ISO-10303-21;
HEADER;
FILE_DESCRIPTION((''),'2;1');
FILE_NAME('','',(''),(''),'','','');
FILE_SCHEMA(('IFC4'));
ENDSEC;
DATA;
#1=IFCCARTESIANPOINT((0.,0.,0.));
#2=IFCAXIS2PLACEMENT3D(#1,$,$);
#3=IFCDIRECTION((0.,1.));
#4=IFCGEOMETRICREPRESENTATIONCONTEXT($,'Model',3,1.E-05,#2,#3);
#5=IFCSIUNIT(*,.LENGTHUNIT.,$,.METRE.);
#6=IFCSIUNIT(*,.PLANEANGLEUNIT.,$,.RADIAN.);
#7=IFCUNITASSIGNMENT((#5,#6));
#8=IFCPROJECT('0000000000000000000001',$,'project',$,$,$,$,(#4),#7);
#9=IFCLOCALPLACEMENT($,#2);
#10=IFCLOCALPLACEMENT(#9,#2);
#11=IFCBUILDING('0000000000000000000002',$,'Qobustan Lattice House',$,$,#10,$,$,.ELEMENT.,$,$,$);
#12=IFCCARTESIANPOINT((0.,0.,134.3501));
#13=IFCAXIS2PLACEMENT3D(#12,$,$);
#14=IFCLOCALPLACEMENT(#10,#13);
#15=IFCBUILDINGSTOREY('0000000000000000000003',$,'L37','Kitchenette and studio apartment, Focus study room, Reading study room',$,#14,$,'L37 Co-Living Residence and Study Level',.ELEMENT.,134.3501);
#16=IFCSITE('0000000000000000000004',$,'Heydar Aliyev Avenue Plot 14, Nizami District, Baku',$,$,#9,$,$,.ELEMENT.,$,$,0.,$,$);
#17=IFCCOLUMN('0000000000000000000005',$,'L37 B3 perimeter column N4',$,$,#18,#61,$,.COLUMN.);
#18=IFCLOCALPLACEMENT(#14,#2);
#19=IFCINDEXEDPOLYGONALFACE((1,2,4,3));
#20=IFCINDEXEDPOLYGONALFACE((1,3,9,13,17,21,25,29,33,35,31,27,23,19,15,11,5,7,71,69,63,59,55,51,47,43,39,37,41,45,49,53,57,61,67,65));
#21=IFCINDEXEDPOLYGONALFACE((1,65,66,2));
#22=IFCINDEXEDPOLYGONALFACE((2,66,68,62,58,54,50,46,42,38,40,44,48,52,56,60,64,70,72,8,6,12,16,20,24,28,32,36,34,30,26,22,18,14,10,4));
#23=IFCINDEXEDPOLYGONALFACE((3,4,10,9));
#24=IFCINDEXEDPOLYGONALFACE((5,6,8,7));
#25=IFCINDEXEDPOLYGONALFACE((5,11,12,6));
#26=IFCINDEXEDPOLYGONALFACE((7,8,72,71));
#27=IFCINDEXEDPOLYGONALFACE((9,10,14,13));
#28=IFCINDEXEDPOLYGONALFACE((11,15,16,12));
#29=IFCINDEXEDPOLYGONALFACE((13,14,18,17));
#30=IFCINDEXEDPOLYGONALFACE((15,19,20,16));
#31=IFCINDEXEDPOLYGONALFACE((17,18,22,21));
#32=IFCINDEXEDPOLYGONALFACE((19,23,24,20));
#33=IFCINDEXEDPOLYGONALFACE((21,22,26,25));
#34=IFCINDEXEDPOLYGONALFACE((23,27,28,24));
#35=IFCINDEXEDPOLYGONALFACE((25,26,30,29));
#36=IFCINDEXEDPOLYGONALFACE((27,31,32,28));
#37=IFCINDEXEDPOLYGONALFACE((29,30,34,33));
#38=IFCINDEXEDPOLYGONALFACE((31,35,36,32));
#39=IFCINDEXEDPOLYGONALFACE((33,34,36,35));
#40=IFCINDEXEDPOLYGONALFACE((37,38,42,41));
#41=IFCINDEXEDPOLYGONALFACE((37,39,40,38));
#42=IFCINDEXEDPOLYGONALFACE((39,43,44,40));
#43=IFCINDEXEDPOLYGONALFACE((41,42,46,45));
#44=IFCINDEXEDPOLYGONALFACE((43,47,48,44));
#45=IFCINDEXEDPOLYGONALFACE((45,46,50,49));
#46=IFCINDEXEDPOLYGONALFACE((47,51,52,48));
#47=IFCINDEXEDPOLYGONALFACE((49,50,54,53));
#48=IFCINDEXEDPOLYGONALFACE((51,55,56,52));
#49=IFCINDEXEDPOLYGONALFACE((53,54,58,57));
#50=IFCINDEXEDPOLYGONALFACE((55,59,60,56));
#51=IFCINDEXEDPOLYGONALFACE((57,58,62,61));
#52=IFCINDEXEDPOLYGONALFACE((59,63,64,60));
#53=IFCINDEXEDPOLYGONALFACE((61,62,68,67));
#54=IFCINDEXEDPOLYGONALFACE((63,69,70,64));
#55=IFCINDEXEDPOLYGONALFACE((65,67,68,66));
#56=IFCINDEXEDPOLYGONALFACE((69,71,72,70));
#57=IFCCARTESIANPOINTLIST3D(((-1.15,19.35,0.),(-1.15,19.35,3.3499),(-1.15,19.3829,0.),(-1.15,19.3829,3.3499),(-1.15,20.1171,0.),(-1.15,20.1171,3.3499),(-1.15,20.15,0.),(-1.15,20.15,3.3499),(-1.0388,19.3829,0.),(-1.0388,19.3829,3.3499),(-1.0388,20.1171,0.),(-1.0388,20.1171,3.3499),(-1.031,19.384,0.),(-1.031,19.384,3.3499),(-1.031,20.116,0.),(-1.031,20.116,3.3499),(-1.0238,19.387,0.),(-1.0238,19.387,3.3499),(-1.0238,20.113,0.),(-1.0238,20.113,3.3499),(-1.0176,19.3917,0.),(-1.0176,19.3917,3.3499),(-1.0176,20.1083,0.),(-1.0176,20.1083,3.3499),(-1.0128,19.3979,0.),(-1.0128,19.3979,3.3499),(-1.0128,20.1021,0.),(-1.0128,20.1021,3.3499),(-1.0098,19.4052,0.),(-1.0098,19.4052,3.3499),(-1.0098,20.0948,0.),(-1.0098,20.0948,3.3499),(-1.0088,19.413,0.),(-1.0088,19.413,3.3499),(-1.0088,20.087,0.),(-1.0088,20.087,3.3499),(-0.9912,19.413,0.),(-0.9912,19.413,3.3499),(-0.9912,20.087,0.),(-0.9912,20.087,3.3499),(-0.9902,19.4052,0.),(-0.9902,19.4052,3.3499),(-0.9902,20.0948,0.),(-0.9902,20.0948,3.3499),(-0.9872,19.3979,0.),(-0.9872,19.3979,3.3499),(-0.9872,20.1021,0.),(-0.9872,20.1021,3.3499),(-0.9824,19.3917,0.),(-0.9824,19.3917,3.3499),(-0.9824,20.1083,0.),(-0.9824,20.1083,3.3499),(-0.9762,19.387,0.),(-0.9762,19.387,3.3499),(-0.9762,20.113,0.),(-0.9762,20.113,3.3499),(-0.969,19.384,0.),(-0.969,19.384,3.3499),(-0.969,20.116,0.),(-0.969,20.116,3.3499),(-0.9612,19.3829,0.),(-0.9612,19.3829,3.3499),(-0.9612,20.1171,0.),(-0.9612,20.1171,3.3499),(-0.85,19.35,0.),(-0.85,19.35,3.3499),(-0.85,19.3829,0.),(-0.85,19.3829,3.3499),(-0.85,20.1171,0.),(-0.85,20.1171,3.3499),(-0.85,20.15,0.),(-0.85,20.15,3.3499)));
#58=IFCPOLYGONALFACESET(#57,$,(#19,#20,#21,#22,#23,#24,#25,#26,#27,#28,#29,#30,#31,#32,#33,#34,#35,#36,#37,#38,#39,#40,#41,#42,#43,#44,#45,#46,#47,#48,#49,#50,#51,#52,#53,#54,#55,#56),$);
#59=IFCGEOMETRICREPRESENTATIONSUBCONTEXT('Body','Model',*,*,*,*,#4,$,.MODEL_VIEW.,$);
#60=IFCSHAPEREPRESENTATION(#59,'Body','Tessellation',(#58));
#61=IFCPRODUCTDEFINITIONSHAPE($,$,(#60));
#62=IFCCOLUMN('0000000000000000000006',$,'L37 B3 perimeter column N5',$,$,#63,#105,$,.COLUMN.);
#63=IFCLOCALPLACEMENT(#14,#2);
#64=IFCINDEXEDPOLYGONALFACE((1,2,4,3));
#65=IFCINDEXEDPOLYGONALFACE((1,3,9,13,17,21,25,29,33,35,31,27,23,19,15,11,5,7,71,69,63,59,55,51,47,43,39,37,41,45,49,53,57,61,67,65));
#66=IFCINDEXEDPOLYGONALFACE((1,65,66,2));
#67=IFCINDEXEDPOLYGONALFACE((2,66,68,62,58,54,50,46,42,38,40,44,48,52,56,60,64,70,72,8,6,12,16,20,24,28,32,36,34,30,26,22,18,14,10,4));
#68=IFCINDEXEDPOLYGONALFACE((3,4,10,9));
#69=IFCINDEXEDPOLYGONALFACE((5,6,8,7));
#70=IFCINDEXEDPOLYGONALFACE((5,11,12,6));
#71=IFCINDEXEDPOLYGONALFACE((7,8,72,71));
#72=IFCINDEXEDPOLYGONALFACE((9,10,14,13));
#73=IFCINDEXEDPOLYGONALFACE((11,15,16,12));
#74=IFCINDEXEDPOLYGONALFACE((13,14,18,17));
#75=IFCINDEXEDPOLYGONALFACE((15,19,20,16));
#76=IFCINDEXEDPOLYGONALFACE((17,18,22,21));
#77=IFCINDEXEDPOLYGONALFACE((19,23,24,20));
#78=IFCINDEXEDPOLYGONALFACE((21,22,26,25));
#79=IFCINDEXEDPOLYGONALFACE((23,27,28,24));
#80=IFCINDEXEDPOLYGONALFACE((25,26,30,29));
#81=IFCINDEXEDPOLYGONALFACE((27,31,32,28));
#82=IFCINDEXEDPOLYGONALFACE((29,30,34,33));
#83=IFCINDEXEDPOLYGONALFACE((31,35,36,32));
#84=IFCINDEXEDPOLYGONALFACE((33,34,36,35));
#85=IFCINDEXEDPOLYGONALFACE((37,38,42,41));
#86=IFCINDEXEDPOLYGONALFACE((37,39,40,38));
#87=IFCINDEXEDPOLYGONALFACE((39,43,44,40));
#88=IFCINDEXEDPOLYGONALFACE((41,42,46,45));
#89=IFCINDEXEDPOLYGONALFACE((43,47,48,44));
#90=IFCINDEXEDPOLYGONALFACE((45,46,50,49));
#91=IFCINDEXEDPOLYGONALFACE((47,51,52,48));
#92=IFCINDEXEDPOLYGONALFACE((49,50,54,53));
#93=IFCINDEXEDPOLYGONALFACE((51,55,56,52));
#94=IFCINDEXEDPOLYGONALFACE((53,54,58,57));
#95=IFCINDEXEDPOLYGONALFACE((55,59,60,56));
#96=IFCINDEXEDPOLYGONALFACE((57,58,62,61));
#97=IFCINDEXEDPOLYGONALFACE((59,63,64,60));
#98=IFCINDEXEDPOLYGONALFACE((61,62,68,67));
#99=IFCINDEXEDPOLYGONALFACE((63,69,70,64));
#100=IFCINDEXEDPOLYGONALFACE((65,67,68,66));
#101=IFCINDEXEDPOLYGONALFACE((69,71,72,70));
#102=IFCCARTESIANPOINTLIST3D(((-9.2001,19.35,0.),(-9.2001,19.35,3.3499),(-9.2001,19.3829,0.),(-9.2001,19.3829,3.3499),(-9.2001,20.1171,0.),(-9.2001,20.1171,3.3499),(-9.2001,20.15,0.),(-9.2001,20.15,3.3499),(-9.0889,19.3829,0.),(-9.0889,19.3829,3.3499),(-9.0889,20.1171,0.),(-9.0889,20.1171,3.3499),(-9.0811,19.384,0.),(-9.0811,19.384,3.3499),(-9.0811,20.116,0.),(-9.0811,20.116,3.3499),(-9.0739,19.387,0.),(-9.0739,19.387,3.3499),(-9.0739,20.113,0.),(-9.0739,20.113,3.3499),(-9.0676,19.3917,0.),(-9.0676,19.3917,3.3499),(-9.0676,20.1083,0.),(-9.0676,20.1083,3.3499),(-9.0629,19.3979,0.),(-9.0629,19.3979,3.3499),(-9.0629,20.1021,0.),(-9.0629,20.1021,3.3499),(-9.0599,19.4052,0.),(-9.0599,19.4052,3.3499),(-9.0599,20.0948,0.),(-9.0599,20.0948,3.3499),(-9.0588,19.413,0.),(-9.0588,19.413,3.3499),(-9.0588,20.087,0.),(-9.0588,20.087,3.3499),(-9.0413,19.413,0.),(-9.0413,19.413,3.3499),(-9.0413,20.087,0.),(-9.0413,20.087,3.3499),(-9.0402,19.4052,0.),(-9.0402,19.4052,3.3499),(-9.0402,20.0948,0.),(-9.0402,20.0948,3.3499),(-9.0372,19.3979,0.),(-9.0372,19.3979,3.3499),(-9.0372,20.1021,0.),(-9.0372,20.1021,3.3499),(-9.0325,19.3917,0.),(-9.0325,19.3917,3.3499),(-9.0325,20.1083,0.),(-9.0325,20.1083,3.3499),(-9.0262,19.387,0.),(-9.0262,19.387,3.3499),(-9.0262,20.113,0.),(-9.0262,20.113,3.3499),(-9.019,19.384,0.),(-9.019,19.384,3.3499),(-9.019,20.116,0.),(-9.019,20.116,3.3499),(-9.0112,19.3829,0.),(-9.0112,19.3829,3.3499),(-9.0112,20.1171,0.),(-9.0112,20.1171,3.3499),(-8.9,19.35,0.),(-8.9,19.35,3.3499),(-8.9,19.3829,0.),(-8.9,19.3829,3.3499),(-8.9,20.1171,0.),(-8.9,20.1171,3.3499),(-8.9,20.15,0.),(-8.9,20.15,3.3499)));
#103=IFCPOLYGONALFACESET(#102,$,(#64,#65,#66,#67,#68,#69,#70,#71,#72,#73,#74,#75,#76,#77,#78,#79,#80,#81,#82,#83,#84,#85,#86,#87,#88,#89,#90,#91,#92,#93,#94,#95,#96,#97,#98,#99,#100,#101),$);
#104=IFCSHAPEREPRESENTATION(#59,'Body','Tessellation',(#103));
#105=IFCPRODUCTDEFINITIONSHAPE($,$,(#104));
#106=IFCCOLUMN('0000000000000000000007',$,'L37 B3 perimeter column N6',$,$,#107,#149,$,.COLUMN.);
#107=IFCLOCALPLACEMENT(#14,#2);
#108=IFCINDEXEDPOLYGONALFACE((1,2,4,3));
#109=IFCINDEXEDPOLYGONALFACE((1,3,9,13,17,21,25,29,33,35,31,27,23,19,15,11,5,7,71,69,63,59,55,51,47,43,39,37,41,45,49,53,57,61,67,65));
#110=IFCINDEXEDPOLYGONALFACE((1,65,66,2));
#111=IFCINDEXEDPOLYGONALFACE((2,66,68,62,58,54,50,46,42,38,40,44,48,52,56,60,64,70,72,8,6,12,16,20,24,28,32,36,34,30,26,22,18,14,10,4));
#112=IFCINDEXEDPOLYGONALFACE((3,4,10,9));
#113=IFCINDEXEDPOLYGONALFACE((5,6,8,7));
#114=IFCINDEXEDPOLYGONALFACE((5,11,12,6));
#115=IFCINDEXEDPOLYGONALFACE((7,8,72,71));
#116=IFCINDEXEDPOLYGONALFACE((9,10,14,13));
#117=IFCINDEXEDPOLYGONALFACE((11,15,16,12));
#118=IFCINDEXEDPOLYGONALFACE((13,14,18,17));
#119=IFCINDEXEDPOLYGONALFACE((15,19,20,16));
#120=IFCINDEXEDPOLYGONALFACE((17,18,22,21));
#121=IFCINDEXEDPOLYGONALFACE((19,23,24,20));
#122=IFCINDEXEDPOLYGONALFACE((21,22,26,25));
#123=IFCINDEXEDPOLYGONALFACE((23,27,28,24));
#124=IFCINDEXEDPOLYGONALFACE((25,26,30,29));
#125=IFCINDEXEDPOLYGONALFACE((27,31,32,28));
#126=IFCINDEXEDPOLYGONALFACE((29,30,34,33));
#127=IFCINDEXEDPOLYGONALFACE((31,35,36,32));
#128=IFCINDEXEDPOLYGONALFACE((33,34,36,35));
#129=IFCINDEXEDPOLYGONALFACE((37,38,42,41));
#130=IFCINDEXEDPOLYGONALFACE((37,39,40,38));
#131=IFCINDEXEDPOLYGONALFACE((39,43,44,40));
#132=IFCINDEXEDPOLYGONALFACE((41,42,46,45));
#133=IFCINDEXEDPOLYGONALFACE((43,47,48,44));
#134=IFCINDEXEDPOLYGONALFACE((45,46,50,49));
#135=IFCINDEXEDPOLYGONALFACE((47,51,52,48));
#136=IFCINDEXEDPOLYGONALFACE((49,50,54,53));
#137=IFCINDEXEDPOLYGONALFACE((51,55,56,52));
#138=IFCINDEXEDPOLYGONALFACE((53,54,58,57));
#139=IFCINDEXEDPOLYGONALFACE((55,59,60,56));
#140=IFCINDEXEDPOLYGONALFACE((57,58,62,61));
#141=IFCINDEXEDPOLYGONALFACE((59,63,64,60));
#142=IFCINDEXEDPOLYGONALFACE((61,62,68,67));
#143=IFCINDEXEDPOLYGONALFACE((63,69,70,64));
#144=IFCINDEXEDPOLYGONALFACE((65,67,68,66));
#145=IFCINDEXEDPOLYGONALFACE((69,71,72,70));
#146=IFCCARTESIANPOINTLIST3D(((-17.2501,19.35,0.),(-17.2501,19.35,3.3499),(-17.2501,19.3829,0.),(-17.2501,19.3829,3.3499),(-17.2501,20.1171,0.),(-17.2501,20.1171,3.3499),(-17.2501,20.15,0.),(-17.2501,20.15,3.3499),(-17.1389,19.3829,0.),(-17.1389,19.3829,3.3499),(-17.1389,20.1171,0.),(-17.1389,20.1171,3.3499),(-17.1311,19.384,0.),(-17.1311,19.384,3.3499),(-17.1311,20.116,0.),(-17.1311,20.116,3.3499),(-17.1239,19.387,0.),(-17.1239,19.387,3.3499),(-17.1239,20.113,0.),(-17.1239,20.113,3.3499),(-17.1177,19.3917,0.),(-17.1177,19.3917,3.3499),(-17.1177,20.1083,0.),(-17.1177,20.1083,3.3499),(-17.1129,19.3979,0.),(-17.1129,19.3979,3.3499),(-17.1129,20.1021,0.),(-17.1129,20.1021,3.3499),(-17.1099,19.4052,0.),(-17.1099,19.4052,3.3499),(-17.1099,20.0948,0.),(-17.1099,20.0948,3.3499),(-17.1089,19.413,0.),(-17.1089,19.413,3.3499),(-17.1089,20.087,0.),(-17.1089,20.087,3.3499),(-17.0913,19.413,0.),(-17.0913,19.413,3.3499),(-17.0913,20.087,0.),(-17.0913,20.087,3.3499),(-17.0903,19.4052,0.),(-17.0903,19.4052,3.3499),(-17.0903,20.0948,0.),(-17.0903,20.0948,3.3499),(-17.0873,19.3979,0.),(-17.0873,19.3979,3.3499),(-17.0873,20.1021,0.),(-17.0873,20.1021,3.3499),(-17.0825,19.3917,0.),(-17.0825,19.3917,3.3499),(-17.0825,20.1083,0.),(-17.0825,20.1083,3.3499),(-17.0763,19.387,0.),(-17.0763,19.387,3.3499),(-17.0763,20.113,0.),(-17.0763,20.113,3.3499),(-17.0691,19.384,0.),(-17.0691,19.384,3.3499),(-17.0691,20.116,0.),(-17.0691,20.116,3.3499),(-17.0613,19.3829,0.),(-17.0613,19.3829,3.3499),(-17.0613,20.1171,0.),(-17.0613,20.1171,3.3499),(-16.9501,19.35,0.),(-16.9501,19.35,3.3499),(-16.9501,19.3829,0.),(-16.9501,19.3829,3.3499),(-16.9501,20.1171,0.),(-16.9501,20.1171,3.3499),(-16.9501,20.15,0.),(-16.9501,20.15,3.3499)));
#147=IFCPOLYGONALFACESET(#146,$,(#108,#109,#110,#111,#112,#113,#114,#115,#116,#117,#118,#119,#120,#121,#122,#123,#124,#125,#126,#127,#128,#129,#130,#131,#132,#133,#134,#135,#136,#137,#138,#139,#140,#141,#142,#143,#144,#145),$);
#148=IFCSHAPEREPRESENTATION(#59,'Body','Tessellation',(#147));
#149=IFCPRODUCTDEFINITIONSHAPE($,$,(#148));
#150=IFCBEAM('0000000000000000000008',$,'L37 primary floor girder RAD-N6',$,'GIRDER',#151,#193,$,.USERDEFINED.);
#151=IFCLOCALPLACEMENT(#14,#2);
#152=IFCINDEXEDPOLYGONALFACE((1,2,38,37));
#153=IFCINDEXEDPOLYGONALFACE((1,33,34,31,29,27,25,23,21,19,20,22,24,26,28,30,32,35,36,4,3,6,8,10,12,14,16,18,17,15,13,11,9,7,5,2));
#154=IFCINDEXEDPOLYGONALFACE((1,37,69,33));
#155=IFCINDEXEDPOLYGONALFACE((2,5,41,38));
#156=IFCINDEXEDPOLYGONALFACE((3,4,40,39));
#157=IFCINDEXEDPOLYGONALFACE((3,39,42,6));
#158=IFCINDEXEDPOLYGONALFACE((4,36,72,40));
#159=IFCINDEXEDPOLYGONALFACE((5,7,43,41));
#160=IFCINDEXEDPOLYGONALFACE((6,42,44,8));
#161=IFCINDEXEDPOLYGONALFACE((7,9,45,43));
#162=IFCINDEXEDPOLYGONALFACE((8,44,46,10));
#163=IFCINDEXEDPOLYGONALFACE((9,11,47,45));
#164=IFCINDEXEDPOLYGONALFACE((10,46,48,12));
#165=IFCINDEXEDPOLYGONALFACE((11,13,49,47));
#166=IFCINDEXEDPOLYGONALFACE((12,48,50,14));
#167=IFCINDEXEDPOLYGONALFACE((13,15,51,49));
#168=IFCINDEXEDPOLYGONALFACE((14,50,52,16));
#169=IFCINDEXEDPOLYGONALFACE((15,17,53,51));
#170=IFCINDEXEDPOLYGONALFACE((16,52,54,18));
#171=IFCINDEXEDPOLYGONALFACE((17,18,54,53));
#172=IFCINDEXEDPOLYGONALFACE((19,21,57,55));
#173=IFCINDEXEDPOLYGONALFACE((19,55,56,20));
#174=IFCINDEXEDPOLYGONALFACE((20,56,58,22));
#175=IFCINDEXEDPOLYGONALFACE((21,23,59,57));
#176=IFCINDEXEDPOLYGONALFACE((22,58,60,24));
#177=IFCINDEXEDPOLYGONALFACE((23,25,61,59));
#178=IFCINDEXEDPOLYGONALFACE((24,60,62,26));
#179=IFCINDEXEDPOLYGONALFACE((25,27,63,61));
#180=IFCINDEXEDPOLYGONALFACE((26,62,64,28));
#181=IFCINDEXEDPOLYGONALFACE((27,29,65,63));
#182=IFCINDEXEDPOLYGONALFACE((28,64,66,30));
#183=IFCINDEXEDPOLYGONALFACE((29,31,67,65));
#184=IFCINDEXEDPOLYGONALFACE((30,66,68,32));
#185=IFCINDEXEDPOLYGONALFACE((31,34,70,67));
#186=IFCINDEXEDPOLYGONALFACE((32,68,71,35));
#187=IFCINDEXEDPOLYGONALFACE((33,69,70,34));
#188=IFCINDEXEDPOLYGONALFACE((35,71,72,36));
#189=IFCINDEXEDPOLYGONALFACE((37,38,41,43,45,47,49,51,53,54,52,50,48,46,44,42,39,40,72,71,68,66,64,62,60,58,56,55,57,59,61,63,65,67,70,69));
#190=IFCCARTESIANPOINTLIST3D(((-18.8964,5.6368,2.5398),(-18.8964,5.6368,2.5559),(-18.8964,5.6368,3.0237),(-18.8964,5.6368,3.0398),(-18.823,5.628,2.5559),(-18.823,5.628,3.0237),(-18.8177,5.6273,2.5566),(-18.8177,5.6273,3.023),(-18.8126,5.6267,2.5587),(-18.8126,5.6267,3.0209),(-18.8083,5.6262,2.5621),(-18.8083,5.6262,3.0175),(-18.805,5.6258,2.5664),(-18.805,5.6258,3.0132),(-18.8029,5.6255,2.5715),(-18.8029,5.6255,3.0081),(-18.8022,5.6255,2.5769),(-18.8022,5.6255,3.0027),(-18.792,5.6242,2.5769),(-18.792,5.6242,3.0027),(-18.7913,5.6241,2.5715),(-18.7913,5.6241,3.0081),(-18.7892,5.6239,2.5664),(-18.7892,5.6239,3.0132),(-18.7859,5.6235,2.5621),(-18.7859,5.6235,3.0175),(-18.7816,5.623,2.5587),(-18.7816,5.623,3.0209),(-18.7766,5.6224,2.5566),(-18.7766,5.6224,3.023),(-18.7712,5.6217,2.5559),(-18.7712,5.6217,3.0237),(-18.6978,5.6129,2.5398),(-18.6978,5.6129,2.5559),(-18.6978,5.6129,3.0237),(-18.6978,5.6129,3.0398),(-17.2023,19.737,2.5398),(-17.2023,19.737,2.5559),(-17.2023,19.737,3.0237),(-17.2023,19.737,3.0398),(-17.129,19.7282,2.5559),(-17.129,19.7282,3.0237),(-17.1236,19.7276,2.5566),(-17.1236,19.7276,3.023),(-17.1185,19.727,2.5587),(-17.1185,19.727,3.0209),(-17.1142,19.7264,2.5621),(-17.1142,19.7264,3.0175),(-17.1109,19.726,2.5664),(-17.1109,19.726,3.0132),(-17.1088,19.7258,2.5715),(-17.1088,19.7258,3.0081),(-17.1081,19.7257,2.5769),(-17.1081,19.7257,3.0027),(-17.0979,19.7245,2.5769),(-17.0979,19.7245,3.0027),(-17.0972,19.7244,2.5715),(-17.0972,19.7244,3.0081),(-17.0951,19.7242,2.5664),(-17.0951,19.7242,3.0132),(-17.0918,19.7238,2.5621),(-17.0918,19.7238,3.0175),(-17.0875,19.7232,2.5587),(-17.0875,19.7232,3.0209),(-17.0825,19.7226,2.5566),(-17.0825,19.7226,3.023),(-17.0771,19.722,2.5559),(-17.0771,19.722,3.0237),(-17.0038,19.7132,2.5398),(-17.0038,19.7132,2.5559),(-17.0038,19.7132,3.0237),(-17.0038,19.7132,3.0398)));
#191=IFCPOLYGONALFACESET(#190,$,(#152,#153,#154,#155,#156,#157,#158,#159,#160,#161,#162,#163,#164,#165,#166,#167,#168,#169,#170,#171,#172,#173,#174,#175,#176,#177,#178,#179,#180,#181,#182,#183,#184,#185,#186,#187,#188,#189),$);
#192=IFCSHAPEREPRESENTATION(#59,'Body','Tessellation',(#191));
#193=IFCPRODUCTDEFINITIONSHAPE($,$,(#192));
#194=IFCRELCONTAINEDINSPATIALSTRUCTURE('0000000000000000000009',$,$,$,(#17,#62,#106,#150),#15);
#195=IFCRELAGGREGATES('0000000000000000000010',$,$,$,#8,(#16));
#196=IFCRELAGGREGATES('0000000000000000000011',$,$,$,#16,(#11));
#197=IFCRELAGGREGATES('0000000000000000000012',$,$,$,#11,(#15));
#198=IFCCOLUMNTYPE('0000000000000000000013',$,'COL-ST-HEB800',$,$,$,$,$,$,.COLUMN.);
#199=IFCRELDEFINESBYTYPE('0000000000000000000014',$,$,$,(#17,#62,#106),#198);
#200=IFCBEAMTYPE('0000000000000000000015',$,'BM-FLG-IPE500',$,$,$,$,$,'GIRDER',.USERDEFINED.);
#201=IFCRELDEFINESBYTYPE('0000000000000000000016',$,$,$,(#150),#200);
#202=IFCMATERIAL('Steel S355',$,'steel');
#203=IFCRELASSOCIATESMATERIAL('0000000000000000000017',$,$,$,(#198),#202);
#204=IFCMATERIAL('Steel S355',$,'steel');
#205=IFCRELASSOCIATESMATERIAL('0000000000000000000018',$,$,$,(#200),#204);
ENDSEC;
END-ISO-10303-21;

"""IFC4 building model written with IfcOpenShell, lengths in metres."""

from ifc_helpers import new_model, si_unit, direction, frame, origin, origin_2d, place, context, subcontext, project, spatial, i_section, extrude, material, material_profile, profile_set, type_object, element, save


model = new_model("IFC4")

# Units and contexts
model_context = context("Model", 3, precision=1e-05, world=origin(), true_north=direction((0.0, 1.0)))
body_context = subcontext(model_context, "Body", "Model", "MODEL_VIEW")
ifc_project = project(units=[si_unit("LENGTHUNIT", "METRE"), si_unit("PLANEANGLEUNIT", "RADIAN")], contexts=[model_context])

# Site, building, storey
site_placement = place(None, origin())
site = spatial("IfcSite", under=ifc_project, at=site_placement, Name="Heydar Aliyev Avenue Plot 14, Nizami District, Baku", CompositionType="ELEMENT", RefElevation=0.0)
building_placement = place(site_placement, origin())
building = spatial("IfcBuilding", under=site, at=building_placement, Name="Qobustan Lattice House", CompositionType="ELEMENT")
storey_placement = place(building_placement, frame((0.0, 0.0, 134.3501)))
storey = spatial("IfcBuildingStorey", under=building, at=storey_placement, Name="L37", Description="Kitchenette and studio apartment, Focus study room, Reading study room", LongName="L37 Co-Living Residence and Study Level", CompositionType="ELEMENT", Elevation=134.3501)

# Columns
ifc_material_1 = material(Name="Steel S355", Category="steel")
ifc_material_profile_1 = material_profile(ifc_material_1, i_section(OverallWidth=0.3, OverallDepth=0.8, WebThickness=0.0176, FlangeThickness=0.033, FilletRadius=0.03, at=origin_2d()), Name="HEB800")
ifc_profile_set_1 = profile_set([ifc_material_profile_1], Name="Steel S355")
column_type = type_object("IfcColumnType", Name="COL-ST-HEB800", PredefinedType="COLUMN", material=ifc_profile_set_1)
for number, where, z_axis, x_axis, name in (
    (1, (-1.0, 19.75, 0.0), (0.0, 0.0, 1.0), (1.0, 0.0, 0.0), "L37 B3 perimeter column N4"),
    (2, (-9.05, 19.75, 0.0), (0.0, 0.0, 1.0), (1.0, 0.0, 0.0), "L37 B3 perimeter column N5"),
    (3, (-17.1001, 19.75, 0.0), (0.0, 0.0, 1.0), (1.0, 0.0, 0.0), "L37 B3 perimeter column N6"),
):
    element("IfcColumn", number, at=place(storey_placement, frame(where, z_axis=z_axis, x_axis=x_axis)), inside=storey, type_object=column_type, Name=name, PredefinedType="COLUMN", context=body_context, shape_type="SweptSolid", body=[
        extrude(i_section(OverallWidth=0.3, OverallDepth=0.8, WebThickness=0.0176, FlangeThickness=0.033, FilletRadius=0.03, at=origin_2d()), origin(), (0.0, 0.0, 1.0), 3.3499),
    ])

# Beam
ifc_material_2 = material(Name="Steel S355", Category="steel")
ifc_material_profile_2 = material_profile(ifc_material_2, i_section(OverallWidth=0.2, OverallDepth=0.5, WebThickness=0.0103, FlangeThickness=0.0161, FilletRadius=0.021, at=origin_2d()), Name="IPE500")
ifc_profile_set_2 = profile_set([ifc_material_profile_2], Name="Steel S355")
beam_type_1 = type_object("IfcBeamType", Name="BM-FLG-IPE500", ElementType="GIRDER", PredefinedType="USERDEFINED", material=ifc_profile_set_2)
beam_1_placement = place(storey_placement, frame((-17.103, 19.7251, 2.7898), z_axis=(-0.119288, -0.99286, 0.0), x_axis=(0.99286, -0.119288, 0.0)))
element("IfcBeam", 4, at=beam_1_placement, inside=storey, type_object=beam_type_1, Name="L37 primary floor girder RAD-N6", ObjectType="GIRDER", PredefinedType="USERDEFINED", context=body_context, shape_type="SweptSolid", body=[
    extrude(i_section(OverallWidth=0.2, OverallDepth=0.5, WebThickness=0.0103, FlangeThickness=0.0161, FilletRadius=0.021, at=origin_2d()), origin(), (0.0, 0.0, 1.0), 14.2017),
])

save(model, "model.ifc")
